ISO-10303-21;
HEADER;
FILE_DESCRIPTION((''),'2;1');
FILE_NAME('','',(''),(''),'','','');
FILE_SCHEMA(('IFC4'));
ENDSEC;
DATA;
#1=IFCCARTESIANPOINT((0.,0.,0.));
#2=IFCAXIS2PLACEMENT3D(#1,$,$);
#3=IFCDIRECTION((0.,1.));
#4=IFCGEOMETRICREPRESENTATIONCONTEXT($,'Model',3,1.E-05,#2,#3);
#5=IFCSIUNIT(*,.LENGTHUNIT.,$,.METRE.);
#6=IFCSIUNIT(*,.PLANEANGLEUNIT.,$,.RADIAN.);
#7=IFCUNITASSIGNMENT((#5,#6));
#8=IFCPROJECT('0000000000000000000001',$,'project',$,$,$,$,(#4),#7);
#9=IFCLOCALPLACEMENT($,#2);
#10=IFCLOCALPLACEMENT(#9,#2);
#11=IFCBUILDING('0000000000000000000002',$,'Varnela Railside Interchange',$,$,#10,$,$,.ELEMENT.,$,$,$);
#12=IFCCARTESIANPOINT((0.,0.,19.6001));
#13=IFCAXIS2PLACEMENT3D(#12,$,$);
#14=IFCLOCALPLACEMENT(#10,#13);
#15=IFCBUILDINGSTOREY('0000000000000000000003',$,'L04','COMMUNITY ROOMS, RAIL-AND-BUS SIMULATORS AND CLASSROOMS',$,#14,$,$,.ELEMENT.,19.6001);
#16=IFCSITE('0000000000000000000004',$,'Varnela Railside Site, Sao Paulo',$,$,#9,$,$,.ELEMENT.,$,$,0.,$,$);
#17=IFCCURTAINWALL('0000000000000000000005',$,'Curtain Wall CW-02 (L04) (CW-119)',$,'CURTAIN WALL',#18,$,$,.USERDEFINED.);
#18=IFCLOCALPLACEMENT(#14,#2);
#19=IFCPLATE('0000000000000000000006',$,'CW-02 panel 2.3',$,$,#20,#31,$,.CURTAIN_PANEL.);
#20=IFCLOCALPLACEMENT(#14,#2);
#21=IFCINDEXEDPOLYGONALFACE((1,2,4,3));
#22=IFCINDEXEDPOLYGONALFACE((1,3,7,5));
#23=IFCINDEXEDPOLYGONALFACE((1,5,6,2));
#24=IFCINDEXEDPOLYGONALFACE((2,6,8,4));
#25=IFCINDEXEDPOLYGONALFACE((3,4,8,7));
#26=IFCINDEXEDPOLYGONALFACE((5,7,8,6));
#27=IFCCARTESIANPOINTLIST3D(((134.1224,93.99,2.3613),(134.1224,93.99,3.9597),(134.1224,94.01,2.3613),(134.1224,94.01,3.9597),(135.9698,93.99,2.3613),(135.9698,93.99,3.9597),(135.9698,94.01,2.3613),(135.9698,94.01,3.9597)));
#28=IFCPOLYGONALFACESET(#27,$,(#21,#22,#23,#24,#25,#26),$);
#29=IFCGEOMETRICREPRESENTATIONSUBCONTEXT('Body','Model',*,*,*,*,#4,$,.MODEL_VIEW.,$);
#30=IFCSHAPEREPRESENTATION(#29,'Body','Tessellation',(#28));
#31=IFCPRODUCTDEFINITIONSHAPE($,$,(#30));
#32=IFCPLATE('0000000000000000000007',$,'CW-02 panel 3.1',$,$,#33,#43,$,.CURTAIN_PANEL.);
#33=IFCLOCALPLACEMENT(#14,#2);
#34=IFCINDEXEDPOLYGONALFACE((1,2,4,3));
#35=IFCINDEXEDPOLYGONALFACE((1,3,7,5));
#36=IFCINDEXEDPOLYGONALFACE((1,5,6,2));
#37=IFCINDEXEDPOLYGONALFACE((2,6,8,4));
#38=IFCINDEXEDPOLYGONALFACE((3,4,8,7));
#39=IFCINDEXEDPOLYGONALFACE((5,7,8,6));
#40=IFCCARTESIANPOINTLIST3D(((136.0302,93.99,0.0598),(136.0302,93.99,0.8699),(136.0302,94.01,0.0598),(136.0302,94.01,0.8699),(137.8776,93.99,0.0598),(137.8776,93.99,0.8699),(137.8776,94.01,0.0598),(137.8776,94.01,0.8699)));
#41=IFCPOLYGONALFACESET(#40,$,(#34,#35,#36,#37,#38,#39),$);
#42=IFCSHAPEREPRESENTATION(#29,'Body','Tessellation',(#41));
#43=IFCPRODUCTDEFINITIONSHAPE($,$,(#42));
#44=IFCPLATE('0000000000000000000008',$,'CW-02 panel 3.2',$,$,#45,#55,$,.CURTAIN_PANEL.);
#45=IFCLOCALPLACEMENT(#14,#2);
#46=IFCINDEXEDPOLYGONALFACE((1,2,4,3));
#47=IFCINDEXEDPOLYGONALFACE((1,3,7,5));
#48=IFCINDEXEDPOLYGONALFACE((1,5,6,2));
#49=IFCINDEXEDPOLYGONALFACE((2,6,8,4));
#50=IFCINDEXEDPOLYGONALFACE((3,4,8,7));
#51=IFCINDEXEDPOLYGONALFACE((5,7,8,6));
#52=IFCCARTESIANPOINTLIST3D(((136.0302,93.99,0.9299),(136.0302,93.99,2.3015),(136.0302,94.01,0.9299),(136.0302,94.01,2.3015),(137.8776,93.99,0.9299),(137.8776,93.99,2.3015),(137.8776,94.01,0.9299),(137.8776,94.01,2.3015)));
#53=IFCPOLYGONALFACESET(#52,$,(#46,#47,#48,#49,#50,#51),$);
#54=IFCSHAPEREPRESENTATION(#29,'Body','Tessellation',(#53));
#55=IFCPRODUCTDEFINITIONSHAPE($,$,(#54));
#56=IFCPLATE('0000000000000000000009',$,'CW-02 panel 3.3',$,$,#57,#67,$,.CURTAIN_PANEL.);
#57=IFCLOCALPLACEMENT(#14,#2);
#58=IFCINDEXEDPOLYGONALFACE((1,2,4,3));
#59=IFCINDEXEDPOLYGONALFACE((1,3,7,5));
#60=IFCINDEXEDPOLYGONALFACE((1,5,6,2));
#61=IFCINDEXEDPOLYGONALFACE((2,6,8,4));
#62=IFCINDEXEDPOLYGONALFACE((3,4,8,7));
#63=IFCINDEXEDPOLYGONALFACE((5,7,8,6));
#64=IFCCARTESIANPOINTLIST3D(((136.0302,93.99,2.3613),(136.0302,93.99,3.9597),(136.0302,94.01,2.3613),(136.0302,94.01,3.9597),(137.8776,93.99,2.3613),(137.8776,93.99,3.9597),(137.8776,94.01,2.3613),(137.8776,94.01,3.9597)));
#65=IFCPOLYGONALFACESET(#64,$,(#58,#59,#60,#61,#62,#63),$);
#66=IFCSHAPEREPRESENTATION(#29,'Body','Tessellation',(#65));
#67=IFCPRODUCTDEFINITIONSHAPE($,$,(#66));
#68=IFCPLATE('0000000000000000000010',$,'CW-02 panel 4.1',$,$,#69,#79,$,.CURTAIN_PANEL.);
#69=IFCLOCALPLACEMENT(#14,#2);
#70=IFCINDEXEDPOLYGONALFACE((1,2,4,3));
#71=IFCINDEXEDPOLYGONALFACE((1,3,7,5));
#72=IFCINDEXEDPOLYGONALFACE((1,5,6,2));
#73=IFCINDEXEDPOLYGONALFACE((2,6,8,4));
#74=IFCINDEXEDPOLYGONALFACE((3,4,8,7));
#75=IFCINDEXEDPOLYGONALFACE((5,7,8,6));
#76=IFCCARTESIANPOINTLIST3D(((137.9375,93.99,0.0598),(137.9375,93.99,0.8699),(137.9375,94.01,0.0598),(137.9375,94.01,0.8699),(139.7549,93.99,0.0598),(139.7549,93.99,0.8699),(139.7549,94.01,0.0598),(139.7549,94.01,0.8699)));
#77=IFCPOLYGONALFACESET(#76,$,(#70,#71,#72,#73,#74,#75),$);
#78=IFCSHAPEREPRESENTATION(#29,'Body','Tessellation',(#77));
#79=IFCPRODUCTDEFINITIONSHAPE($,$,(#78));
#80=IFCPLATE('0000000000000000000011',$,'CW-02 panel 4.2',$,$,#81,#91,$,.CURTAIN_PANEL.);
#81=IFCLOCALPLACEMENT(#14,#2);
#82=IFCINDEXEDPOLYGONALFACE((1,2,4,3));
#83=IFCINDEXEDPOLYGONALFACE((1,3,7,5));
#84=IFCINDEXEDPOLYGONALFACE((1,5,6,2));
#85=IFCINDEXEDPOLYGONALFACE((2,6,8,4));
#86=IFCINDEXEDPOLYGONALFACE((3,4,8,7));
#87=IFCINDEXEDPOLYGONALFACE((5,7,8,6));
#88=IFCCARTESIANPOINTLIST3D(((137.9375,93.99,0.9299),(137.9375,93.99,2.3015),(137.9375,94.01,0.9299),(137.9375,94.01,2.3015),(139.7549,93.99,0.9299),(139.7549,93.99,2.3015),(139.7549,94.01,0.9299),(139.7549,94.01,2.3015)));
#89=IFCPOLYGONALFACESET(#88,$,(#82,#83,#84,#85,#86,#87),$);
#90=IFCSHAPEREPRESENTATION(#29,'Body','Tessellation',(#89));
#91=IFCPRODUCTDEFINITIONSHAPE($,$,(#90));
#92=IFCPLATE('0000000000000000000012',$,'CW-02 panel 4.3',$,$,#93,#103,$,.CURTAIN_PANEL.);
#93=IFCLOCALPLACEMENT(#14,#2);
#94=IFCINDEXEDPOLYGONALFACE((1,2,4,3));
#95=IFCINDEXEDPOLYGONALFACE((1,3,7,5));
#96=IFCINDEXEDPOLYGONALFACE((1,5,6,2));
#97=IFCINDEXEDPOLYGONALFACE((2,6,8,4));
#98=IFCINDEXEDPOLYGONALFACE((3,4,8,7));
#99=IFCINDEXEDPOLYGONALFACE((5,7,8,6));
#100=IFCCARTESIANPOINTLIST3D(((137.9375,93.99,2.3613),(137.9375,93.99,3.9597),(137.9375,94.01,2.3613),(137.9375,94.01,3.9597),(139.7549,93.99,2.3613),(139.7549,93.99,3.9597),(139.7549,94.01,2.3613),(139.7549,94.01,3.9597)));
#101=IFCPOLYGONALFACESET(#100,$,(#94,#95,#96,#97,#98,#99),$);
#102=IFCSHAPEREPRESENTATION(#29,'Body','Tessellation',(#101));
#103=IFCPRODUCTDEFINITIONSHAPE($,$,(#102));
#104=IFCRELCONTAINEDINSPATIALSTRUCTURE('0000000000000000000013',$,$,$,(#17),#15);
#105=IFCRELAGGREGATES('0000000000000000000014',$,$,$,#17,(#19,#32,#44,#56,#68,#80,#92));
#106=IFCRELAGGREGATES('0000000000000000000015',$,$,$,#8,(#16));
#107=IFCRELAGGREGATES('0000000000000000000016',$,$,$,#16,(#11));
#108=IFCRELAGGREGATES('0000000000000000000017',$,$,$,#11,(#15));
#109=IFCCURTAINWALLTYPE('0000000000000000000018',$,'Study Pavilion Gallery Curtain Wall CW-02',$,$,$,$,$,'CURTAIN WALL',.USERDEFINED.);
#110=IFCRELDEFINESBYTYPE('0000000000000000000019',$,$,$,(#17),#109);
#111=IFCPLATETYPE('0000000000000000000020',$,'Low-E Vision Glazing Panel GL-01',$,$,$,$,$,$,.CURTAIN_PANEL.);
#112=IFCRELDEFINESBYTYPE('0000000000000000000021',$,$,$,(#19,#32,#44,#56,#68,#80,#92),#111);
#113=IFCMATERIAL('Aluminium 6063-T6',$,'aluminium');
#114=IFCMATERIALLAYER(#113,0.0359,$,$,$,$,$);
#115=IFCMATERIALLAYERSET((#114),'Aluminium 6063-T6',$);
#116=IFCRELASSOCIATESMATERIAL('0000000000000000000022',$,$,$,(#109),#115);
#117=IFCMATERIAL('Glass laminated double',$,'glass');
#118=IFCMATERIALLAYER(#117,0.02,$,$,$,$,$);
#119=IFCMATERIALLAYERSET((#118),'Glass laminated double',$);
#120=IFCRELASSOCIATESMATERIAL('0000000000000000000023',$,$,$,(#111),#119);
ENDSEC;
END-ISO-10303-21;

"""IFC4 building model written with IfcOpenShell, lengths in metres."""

from ifc_helpers import new_model, si_unit, direction, frame, origin, origin_2d, place, context, subcontext, project, spatial, rectangle, extrude, material, layer, layer_set, type_object, element, aggregate, save


model = new_model("IFC4")

# Units and contexts
model_context = context("Model", 3, precision=1e-05, world=origin(), true_north=direction((0.0, 1.0)))
body_context = subcontext(model_context, "Body", "Model", "MODEL_VIEW")
ifc_project = project(units=[si_unit("LENGTHUNIT", "METRE"), si_unit("PLANEANGLEUNIT", "RADIAN")], contexts=[model_context])

# Site, building, storey
site_placement = place(None, origin())
site = spatial("IfcSite", under=ifc_project, at=site_placement, Name="Varnela Railside Site, Sao Paulo", CompositionType="ELEMENT", RefElevation=0.0)
building_placement = place(site_placement, origin())
building = spatial("IfcBuilding", under=site, at=building_placement, Name="Varnela Railside Interchange", CompositionType="ELEMENT")
storey_placement = place(building_placement, frame((0.0, 0.0, 19.6001)))
storey = spatial("IfcBuildingStorey", under=building, at=storey_placement, Name="L04", Description="COMMUNITY ROOMS, RAIL-AND-BUS SIMULATORS AND CLASSROOMS", CompositionType="ELEMENT", Elevation=19.6001)

# Curtain wall
ifc_material_1 = material(Name="Aluminium 6063-T6", Category="aluminium")
ifc_layer_1 = layer(ifc_material_1, 0.0359)
ifc_layer_set_1 = layer_set([ifc_layer_1], Name="Aluminium 6063-T6")
curtain_wall_type = type_object("IfcCurtainWallType", Name="Study Pavilion Gallery Curtain Wall CW-02", ElementType="CURTAIN WALL", PredefinedType="USERDEFINED", material=ifc_layer_set_1)
curtain_wall_placement = place(storey_placement, origin())
curtain_wall = element("IfcCurtainWall", 1, at=curtain_wall_placement, inside=storey, type_object=curtain_wall_type, Name="Curtain Wall CW-02 (L04) (CW-119)", ObjectType="CURTAIN WALL", PredefinedType="USERDEFINED")

# Plates
ifc_material_2 = material(Name="Glass laminated double", Category="glass")
ifc_layer_2 = layer(ifc_material_2, 0.02)
ifc_layer_set_2 = layer_set([ifc_layer_2], Name="Glass laminated double")
plate_type = type_object("IfcPlateType", Name="Low-E Vision Glazing Panel GL-01", PredefinedType="CURTAIN_PANEL", material=ifc_layer_set_2)
plate_1_placement = place(storey_placement, frame((135.0461, 94.0, 2.3613), z_axis=(0.0, 0.0, 1.0), x_axis=(1.0, 0.0, 0.0)))
plate_1 = element("IfcPlate", 2, at=plate_1_placement, type_object=plate_type, Name="CW-02 panel 2.3", PredefinedType="CURTAIN_PANEL", context=body_context, shape_type="SweptSolid", body=[
    extrude(rectangle(XDim=1.8474, YDim=0.02, at=origin_2d()), origin(), (0.0, 0.0, 1.0), 1.5984),
])
plate_2_placement = place(storey_placement, frame((136.9539, 94.0, 0.0598), z_axis=(0.0, 0.0, 1.0), x_axis=(1.0, 0.0, 0.0)))
plate_2 = element("IfcPlate", 3, at=plate_2_placement, type_object=plate_type, Name="CW-02 panel 3.1", PredefinedType="CURTAIN_PANEL", context=body_context, shape_type="SweptSolid", body=[
    extrude(rectangle(XDim=1.8474, YDim=0.02, at=origin_2d()), origin(), (0.0, 0.0, 1.0), 0.8101),
])
plate_3_placement = place(storey_placement, frame((136.9539, 94.0, 0.9299), z_axis=(0.0, 0.0, 1.0), x_axis=(1.0, 0.0, 0.0)))
plate_3 = element("IfcPlate", 4, at=plate_3_placement, type_object=plate_type, Name="CW-02 panel 3.2", PredefinedType="CURTAIN_PANEL", context=body_context, shape_type="SweptSolid", body=[
    extrude(rectangle(XDim=1.8474, YDim=0.02, at=origin_2d()), origin(), (0.0, 0.0, 1.0), 1.3716),
])
plate_4_placement = place(storey_placement, frame((136.9539, 94.0, 2.3613), z_axis=(0.0, 0.0, 1.0), x_axis=(1.0, 0.0, 0.0)))
plate_4 = element("IfcPlate", 5, at=plate_4_placement, type_object=plate_type, Name="CW-02 panel 3.3", PredefinedType="CURTAIN_PANEL", context=body_context, shape_type="SweptSolid", body=[
    extrude(rectangle(XDim=1.8474, YDim=0.02, at=origin_2d()), origin(), (0.0, 0.0, 1.0), 1.5984),
])
plate_5_placement = place(storey_placement, frame((138.8462, 94.0, 0.0598), z_axis=(0.0, 0.0, 1.0), x_axis=(1.0, 0.0, 0.0)))
plate_5 = element("IfcPlate", 6, at=plate_5_placement, type_object=plate_type, Name="CW-02 panel 4.1", PredefinedType="CURTAIN_PANEL", context=body_context, shape_type="SweptSolid", body=[
    extrude(rectangle(XDim=1.8174, YDim=0.02, at=origin_2d()), origin(), (0.0, 0.0, 1.0), 0.8101),
])
plate_6_placement = place(storey_placement, frame((138.8462, 94.0, 0.9299), z_axis=(0.0, 0.0, 1.0), x_axis=(1.0, 0.0, 0.0)))
plate_6 = element("IfcPlate", 7, at=plate_6_placement, type_object=plate_type, Name="CW-02 panel 4.2", PredefinedType="CURTAIN_PANEL", context=body_context, shape_type="SweptSolid", body=[
    extrude(rectangle(XDim=1.8174, YDim=0.02, at=origin_2d()), origin(), (0.0, 0.0, 1.0), 1.3716),
])
plate_7_placement = place(storey_placement, frame((138.8462, 94.0, 2.3613), z_axis=(0.0, 0.0, 1.0), x_axis=(1.0, 0.0, 0.0)))
plate_7 = element("IfcPlate", 8, at=plate_7_placement, type_object=plate_type, Name="CW-02 panel 4.3", PredefinedType="CURTAIN_PANEL", context=body_context, shape_type="SweptSolid", body=[
    extrude(rectangle(XDim=1.8174, YDim=0.02, at=origin_2d()), origin(), (0.0, 0.0, 1.0), 1.5984),
])
aggregate(curtain_wall, [plate_1, plate_2, plate_3, plate_4, plate_5, plate_6, plate_7])

save(model, "model.ifc")
